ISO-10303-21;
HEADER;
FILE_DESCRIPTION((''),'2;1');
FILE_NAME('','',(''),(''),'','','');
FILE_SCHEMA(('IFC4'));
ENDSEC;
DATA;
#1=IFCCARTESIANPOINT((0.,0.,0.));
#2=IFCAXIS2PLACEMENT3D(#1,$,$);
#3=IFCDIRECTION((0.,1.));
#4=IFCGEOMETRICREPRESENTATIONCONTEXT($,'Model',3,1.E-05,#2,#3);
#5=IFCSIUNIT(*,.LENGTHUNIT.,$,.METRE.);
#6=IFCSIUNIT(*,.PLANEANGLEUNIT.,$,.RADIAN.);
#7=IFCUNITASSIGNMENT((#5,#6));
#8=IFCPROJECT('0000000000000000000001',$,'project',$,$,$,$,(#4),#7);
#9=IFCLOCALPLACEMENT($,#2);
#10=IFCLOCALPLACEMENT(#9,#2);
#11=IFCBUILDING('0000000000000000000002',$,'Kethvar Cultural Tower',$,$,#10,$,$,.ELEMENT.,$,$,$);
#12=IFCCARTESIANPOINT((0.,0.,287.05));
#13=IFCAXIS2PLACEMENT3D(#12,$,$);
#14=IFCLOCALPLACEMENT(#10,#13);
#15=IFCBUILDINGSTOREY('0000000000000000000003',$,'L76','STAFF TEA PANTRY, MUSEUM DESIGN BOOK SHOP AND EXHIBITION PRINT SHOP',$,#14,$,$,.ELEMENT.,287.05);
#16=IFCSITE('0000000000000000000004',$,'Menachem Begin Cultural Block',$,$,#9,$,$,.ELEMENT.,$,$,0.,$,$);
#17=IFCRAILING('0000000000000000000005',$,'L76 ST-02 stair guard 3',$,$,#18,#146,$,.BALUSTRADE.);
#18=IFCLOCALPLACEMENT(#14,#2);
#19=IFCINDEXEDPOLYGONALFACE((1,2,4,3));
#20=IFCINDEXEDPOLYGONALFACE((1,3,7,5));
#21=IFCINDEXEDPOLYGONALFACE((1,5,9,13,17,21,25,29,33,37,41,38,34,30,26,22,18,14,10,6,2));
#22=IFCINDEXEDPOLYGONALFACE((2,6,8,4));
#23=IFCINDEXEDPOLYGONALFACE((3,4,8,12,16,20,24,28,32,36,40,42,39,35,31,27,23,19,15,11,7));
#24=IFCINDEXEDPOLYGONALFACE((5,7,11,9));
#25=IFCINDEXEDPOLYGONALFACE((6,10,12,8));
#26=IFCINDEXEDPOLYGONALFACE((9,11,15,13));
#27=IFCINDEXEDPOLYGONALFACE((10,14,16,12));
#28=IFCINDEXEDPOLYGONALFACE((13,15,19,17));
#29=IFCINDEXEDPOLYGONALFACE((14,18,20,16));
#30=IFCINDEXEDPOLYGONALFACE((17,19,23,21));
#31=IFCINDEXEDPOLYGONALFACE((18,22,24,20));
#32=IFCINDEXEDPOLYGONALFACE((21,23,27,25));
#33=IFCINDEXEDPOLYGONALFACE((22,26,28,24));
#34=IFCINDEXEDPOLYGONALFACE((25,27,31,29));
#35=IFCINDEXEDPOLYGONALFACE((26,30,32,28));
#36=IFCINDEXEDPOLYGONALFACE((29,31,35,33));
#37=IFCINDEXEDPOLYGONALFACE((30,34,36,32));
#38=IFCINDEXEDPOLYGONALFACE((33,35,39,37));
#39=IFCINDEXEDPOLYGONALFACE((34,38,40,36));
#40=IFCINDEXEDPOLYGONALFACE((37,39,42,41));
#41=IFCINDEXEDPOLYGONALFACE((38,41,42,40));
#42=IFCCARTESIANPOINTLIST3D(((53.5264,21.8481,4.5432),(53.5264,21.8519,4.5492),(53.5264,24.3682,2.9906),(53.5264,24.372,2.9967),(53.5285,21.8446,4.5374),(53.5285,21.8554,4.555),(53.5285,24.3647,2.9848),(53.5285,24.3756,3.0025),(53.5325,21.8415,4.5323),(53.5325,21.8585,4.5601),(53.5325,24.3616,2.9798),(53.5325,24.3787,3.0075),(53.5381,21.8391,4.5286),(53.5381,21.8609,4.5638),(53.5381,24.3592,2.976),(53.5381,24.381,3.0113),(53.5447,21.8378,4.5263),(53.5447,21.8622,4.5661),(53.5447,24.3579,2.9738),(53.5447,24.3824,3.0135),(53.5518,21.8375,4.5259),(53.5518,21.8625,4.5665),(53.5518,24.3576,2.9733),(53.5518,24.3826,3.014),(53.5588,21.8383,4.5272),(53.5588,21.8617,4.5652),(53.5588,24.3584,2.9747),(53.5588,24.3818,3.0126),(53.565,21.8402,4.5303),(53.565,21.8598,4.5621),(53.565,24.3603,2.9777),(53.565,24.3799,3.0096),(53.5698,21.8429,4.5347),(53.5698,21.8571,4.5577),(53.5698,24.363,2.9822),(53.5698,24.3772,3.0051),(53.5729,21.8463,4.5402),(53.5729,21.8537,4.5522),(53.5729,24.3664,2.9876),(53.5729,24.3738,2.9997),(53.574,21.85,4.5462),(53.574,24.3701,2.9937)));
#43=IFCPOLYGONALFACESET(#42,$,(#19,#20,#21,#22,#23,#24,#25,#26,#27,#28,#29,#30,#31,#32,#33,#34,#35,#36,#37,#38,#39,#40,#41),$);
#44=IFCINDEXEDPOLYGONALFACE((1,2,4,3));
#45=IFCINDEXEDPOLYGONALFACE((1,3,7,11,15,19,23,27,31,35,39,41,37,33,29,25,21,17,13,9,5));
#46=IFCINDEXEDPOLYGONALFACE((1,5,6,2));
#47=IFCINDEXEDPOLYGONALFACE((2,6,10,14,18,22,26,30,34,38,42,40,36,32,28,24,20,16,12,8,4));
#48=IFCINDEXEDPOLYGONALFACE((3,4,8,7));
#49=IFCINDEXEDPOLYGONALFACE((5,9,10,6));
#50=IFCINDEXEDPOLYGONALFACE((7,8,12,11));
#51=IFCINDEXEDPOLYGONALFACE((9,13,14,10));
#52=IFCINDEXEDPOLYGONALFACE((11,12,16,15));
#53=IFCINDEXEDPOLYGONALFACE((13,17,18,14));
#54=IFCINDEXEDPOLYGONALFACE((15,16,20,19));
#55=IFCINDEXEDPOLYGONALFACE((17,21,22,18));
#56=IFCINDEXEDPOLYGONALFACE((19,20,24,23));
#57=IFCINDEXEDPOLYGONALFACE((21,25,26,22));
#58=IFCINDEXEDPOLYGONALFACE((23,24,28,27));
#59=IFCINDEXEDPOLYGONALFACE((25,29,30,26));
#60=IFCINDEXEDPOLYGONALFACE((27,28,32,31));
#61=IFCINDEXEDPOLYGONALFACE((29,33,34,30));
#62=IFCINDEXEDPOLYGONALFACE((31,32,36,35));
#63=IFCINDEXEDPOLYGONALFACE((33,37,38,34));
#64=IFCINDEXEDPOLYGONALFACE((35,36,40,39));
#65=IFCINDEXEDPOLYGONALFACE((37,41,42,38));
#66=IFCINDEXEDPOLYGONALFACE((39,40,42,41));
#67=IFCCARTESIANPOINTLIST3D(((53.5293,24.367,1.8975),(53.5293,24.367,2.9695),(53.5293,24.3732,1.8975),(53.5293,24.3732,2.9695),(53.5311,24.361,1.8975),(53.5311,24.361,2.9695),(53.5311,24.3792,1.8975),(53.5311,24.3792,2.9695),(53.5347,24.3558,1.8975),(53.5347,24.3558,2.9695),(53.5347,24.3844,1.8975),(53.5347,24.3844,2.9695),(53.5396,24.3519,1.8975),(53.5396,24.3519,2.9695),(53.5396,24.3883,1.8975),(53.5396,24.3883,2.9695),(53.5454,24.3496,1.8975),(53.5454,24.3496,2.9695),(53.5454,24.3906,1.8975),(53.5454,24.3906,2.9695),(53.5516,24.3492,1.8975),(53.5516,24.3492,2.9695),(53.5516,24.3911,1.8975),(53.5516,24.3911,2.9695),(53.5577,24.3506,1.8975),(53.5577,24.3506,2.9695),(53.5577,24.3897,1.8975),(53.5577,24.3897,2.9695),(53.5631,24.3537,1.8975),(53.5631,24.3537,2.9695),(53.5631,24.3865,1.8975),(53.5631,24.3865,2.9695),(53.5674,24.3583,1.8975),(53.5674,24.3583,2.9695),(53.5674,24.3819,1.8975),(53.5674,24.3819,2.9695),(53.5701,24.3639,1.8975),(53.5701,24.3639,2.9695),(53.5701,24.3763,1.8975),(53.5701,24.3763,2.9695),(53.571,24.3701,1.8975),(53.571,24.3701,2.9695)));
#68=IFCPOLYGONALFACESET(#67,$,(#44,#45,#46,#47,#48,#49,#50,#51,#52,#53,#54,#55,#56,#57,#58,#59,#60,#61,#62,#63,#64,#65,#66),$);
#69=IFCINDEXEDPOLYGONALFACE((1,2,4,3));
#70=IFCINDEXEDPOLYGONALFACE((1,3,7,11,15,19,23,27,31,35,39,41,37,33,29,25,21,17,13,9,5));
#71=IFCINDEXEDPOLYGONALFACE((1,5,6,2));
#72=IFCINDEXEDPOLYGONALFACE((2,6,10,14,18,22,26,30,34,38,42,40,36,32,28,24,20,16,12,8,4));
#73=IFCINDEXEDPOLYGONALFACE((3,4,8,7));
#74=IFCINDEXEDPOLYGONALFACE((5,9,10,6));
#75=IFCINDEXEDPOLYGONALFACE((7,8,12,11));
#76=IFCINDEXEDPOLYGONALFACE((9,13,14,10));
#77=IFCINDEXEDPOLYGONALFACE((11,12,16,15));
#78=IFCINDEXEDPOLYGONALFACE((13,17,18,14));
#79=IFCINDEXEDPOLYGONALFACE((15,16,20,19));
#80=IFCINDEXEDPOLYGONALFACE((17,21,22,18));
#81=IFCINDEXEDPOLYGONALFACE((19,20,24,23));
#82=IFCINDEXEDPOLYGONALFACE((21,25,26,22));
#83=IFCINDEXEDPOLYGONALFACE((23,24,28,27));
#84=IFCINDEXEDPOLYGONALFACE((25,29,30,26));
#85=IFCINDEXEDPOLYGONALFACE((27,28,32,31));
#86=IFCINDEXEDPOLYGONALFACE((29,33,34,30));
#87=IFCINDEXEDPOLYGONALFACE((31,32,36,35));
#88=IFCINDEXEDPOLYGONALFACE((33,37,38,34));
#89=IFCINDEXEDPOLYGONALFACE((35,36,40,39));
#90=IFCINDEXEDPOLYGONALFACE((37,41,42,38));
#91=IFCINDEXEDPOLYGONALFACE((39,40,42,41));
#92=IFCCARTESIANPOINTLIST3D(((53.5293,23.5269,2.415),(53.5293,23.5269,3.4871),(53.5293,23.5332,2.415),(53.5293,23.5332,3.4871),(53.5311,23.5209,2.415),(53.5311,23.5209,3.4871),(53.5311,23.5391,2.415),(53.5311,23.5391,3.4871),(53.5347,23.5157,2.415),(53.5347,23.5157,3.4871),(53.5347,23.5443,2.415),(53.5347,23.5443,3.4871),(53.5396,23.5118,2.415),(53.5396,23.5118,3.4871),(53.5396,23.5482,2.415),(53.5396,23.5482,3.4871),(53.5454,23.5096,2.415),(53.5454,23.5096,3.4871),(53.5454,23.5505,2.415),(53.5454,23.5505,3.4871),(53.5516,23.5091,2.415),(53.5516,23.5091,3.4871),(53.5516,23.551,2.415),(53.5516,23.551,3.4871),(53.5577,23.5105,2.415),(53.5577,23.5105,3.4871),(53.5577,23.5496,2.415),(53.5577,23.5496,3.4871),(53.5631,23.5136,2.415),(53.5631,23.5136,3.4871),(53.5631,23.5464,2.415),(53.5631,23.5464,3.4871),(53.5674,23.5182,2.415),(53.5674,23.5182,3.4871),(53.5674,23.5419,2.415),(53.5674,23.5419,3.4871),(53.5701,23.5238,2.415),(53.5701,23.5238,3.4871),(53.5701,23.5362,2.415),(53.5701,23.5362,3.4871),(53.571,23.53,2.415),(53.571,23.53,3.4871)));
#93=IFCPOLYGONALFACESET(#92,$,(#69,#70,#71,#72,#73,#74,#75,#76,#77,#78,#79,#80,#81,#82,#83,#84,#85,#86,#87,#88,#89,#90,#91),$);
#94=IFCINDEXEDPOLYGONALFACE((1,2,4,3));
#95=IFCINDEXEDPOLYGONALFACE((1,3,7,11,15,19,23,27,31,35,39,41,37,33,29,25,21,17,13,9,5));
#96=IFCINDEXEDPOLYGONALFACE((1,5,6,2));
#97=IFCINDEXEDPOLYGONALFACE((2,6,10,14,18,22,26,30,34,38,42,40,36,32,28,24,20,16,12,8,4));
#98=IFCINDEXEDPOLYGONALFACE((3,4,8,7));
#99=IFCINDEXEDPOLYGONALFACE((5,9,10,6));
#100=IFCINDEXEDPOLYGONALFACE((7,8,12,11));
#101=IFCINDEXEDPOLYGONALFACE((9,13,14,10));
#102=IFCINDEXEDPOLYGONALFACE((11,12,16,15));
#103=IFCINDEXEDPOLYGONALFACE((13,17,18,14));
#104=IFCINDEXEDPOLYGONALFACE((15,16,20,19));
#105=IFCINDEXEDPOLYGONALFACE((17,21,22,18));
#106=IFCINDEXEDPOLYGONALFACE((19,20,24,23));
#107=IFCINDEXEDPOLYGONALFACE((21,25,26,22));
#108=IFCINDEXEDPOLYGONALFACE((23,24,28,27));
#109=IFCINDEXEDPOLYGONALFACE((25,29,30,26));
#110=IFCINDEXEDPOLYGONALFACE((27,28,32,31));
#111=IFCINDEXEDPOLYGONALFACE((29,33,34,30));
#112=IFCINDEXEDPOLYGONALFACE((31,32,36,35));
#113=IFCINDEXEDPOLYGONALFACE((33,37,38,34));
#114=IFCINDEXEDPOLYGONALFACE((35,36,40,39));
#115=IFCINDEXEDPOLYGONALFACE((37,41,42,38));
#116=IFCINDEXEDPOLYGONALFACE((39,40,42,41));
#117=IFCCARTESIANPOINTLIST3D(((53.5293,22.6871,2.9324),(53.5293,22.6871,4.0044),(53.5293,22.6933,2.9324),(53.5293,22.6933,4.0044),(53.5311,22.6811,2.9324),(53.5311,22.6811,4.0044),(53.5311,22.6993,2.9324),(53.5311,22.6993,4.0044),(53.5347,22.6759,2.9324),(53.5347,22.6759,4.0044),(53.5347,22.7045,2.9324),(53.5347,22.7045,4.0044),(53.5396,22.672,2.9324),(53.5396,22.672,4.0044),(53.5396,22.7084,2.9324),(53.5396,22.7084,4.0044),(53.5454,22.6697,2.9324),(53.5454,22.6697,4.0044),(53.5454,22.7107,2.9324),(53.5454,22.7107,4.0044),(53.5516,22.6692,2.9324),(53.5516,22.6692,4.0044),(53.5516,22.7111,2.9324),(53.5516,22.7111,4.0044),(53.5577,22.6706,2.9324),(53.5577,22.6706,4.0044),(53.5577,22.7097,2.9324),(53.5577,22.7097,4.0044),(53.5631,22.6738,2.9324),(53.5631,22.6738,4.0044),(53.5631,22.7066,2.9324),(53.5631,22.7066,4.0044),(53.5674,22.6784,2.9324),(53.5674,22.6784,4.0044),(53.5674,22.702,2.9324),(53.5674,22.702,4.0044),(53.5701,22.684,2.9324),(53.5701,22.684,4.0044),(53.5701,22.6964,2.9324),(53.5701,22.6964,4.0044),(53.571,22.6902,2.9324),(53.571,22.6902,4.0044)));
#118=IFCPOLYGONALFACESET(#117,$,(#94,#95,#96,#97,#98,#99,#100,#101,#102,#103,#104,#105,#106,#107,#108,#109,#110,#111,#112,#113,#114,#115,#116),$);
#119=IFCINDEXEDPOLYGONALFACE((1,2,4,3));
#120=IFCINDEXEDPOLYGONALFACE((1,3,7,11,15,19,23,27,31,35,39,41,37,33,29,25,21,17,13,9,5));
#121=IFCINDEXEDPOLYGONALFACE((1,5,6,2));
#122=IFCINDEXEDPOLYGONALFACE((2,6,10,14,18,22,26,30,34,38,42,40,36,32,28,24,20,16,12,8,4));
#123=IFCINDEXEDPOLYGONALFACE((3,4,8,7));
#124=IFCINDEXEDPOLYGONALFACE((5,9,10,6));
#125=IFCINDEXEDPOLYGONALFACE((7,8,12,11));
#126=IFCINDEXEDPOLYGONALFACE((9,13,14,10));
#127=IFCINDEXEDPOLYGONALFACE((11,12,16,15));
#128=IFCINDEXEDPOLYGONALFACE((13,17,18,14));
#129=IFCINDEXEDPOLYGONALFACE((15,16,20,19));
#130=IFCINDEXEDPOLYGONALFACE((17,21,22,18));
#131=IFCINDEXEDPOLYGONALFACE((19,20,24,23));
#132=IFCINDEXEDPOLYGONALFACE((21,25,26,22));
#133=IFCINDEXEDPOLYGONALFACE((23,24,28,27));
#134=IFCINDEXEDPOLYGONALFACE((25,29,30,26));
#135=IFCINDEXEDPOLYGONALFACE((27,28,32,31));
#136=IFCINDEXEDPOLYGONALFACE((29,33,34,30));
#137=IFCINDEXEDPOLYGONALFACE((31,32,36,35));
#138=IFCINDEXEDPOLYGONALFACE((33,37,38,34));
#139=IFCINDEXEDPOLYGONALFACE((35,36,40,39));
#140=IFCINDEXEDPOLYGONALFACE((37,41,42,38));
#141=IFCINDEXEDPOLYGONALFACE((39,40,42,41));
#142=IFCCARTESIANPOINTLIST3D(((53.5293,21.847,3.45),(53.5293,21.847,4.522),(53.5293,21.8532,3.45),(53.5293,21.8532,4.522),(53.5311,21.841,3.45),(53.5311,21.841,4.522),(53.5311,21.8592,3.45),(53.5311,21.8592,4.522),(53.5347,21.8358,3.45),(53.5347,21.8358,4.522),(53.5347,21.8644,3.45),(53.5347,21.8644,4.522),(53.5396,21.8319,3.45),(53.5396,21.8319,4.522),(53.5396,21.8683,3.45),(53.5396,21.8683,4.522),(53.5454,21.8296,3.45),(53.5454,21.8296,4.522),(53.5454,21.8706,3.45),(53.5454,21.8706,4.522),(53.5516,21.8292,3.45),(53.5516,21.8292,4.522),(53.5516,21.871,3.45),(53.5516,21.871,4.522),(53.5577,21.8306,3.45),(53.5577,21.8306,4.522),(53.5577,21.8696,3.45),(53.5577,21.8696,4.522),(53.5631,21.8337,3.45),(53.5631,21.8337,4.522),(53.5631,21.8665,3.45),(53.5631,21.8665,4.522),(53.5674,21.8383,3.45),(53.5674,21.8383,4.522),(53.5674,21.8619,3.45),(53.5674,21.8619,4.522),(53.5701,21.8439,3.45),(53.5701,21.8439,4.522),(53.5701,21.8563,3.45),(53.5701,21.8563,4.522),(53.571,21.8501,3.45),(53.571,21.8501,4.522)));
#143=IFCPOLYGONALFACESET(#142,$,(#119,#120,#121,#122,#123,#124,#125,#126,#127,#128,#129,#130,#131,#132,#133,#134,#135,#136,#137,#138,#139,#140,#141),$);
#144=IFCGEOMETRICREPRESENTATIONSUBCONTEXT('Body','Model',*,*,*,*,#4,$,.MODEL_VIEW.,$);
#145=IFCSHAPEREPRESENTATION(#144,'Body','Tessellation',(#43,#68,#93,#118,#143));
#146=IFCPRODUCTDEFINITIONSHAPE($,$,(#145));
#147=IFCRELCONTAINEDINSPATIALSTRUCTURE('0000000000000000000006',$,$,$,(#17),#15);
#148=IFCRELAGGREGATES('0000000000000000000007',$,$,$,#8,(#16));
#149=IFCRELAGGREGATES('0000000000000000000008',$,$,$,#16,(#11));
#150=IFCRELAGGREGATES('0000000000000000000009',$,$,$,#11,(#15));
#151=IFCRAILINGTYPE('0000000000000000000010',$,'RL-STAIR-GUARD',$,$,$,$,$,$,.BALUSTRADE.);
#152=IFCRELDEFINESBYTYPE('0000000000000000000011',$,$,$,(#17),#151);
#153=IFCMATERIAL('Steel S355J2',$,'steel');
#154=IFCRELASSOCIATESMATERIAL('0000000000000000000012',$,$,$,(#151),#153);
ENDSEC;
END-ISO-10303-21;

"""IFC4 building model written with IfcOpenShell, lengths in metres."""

from ifc_helpers import new_model, si_unit, direction, frame, origin, origin_2d, place, context, subcontext, project, spatial, circle, extrude, material, type_object, element, save


model = new_model("IFC4")

# Units and contexts
model_context = context("Model", 3, precision=1e-05, world=origin(), true_north=direction((0.0, 1.0)))
body_context = subcontext(model_context, "Body", "Model", "MODEL_VIEW")
ifc_project = project(units=[si_unit("LENGTHUNIT", "METRE"), si_unit("PLANEANGLEUNIT", "RADIAN")], contexts=[model_context])

# Site, building, storey
site_placement = place(None, origin())
site = spatial("IfcSite", under=ifc_project, at=site_placement, Name="Menachem Begin Cultural Block", CompositionType="ELEMENT", RefElevation=0.0)
building_placement = place(site_placement, origin())
building = spatial("IfcBuilding", under=site, at=building_placement, Name="Kethvar Cultural Tower", CompositionType="ELEMENT")
storey_placement = place(building_placement, frame((0.0, 0.0, 287.05)))
storey = spatial("IfcBuildingStorey", under=building, at=storey_placement, Name="L76", Description="STAFF TEA PANTRY, MUSEUM DESIGN BOOK SHOP AND EXHIBITION PRINT SHOP", CompositionType="ELEMENT", Elevation=287.05)

# Shared definitions
ifc_material_1 = material(Name="Steel S355J2", Category="steel")

# Railing
railing_type_1 = type_object("IfcRailingType", Name="RL-STAIR-GUARD", PredefinedType="BALUSTRADE", material=ifc_material_1)
railing_1_placement = place(storey_placement, frame((53.55, 24.3701, 1.8975)))
element("IfcRailing", 1, at=railing_1_placement, inside=storey, type_object=railing_type_1, Name="L76 ST-02 stair guard 3", PredefinedType="BALUSTRADE", context=body_context, shape_type="SweptSolid", body=[
    extrude(circle(Radius=0.0239, at=origin_2d()), frame((0.0, 0.0, 1.0962), z_axis=(0.0, -0.8514, 0.524516), x_axis=(1.0, 0.0, 0.0)), (0.0, 0.0, 1.0), 2.96),
    extrude(circle(Radius=0.021, at=origin_2d()), origin(), (0.0, 0.0, 1.0), 1.072),
    extrude(circle(Radius=0.021, at=origin_2d()), frame((0.0, -0.8401, 0.5176)), (0.0, 0.0, 1.0), 1.072),
    extrude(circle(Radius=0.021, at=origin_2d()), frame((0.0, -1.6799, 1.0349)), (0.0, 0.0, 1.0), 1.072),
    extrude(circle(Radius=0.021, at=origin_2d()), frame((0.0, -2.52, 1.5525)), (0.0, 0.0, 1.0), 1.072),
])

save(model, "model.ifc")
